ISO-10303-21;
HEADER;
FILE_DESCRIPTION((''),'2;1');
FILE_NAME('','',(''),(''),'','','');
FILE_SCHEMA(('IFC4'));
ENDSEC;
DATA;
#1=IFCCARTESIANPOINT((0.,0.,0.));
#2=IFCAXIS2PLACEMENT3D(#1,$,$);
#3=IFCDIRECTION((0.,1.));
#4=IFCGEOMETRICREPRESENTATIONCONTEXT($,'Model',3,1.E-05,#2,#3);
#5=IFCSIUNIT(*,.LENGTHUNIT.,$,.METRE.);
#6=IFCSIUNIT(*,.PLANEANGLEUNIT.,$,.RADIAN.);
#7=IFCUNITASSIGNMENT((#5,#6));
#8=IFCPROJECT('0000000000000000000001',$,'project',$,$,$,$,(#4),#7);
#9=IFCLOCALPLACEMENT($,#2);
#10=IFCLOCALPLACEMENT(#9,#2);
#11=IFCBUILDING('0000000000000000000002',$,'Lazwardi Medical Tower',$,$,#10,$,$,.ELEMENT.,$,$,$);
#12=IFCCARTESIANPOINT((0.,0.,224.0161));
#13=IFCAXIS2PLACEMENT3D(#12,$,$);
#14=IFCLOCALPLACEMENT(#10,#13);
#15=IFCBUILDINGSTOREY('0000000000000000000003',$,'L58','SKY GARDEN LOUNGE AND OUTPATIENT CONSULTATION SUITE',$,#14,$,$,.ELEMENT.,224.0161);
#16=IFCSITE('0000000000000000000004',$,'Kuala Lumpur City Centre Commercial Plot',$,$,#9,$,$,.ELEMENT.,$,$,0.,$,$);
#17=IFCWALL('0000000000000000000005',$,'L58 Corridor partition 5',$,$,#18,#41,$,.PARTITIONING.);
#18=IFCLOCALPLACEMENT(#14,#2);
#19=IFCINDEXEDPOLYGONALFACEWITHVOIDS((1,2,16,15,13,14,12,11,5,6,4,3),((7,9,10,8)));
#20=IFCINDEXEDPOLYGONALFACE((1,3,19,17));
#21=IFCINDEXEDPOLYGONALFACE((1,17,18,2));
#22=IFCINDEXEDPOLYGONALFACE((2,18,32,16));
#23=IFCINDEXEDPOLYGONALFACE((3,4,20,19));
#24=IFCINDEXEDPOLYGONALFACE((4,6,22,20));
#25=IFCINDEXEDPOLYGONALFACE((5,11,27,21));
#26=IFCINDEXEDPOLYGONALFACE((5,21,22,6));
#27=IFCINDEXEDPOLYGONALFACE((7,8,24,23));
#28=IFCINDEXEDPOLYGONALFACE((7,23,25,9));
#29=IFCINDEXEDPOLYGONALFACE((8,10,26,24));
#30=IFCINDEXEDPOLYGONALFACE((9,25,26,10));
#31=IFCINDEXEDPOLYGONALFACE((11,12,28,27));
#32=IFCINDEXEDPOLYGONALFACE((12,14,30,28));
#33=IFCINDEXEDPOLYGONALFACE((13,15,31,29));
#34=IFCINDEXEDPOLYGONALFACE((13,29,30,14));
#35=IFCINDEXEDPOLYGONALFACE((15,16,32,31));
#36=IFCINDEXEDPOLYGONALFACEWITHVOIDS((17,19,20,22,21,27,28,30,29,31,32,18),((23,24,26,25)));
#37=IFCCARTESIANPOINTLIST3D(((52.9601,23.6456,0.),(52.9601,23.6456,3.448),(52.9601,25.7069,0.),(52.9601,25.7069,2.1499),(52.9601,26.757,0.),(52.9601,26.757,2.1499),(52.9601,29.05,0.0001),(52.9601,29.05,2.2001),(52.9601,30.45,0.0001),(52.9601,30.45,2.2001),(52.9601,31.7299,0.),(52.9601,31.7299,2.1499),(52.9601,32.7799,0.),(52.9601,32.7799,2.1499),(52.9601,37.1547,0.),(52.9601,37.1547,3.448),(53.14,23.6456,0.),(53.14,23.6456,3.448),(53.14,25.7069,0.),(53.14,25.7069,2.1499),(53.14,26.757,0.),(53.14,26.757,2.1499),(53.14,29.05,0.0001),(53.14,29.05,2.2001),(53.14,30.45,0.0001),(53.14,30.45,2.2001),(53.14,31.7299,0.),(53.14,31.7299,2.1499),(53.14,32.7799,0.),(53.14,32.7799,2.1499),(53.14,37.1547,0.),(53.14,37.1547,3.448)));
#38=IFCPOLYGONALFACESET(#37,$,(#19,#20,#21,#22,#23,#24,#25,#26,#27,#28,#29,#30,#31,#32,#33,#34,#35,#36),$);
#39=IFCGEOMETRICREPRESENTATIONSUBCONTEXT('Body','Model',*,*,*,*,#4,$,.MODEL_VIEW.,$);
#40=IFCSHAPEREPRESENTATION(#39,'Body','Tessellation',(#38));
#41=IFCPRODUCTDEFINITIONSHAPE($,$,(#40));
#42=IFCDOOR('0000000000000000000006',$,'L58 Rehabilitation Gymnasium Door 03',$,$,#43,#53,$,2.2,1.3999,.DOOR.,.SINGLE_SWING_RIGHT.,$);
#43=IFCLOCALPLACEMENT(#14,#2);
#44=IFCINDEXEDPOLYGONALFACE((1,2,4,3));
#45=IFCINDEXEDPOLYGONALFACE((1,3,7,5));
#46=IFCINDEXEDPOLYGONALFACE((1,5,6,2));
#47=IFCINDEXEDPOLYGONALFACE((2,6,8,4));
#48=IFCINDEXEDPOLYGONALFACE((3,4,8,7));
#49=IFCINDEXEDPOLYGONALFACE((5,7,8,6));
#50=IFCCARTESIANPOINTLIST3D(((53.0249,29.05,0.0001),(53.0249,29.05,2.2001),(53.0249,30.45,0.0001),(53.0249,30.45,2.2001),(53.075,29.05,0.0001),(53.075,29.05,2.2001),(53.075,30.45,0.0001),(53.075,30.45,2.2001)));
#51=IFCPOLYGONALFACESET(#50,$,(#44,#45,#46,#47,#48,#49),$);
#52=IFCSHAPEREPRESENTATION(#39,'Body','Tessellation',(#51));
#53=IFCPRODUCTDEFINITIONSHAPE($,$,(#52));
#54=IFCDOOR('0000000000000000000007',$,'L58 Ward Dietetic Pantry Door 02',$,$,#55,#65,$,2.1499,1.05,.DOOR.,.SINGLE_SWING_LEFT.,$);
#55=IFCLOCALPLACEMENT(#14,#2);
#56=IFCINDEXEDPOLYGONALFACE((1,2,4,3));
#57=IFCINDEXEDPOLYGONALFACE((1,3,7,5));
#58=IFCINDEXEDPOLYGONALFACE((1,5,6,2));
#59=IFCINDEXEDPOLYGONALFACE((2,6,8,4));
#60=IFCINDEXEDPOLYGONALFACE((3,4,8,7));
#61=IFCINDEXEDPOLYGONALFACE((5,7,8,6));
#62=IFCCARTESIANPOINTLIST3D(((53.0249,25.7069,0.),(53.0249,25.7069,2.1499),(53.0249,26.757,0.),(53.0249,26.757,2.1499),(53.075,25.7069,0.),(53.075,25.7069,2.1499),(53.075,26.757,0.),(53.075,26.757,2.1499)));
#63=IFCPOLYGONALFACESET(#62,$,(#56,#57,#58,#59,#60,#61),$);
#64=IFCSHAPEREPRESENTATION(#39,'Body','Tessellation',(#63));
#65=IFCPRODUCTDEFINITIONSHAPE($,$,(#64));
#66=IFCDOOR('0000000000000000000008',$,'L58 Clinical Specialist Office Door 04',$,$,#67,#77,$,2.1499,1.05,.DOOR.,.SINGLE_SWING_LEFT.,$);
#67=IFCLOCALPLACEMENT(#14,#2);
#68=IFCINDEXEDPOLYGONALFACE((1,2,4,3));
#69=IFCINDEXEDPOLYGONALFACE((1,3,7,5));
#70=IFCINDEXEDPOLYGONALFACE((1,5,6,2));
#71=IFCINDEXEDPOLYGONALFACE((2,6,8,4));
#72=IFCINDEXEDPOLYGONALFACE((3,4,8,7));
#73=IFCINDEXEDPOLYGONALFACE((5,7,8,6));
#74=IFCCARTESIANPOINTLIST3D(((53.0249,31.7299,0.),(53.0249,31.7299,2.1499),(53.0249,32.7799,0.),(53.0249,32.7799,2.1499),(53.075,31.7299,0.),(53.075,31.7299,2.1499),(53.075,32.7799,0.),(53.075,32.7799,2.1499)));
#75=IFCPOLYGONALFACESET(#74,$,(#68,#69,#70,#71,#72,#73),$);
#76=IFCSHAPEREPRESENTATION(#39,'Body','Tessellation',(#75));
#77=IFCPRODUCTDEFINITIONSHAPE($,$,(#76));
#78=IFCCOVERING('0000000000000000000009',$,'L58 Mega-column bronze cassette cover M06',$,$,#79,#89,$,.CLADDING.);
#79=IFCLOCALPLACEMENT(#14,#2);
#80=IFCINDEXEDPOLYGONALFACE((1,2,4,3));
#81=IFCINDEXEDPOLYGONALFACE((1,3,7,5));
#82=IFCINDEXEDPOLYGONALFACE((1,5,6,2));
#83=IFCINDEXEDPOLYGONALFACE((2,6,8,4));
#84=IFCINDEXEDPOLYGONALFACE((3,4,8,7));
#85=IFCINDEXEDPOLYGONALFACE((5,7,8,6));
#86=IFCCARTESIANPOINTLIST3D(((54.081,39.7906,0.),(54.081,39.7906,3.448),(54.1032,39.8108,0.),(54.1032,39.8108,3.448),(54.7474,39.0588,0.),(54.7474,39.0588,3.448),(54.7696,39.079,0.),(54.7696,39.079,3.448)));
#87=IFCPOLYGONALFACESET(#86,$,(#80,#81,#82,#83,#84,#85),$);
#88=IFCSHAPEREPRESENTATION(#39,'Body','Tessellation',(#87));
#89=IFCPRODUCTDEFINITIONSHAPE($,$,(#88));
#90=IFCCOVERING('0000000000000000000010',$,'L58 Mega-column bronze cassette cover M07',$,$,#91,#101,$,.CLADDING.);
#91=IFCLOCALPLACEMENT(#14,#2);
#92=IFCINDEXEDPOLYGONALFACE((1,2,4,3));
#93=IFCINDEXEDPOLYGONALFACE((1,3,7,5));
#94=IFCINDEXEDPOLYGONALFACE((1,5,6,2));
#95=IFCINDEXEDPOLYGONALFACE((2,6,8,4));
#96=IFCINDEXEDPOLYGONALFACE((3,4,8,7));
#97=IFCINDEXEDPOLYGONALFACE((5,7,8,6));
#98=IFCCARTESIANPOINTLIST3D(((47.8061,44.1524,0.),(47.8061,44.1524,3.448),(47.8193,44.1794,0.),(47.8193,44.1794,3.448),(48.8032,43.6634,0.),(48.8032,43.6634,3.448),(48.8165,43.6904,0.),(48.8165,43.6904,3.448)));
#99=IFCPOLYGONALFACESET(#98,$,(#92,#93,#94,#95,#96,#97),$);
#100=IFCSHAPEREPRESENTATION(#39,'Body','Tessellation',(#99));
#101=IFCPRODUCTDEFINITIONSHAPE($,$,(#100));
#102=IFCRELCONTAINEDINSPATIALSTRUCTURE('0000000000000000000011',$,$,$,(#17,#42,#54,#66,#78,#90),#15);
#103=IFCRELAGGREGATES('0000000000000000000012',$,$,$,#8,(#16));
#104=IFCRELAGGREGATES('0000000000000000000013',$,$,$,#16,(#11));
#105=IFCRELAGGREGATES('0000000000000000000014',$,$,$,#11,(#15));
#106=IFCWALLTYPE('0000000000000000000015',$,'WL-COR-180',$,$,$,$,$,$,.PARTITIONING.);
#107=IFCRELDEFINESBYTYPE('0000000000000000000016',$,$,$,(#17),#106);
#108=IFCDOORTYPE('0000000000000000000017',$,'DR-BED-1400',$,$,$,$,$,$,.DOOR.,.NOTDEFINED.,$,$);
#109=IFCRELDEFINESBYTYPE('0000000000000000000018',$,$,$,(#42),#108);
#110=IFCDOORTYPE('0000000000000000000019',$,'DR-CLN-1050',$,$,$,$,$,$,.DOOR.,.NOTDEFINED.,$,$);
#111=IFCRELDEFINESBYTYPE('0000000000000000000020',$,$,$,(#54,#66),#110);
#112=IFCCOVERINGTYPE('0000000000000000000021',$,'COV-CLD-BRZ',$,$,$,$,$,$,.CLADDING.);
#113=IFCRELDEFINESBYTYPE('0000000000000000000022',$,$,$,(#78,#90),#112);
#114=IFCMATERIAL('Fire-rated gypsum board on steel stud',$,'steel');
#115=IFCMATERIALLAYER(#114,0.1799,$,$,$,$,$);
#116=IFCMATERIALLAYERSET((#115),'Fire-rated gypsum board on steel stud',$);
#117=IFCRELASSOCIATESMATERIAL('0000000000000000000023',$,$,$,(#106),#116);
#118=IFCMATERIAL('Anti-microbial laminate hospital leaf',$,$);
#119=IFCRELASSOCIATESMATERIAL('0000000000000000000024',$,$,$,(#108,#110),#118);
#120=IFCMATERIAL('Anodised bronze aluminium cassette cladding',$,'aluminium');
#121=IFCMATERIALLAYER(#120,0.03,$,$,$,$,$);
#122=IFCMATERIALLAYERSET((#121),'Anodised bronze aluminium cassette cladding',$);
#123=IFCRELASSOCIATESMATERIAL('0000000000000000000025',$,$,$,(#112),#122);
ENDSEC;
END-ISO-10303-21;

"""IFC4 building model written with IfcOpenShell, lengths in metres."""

from ifc_helpers import new_model, si_unit, direction, frame, frame_2d, origin, origin_2d, place, context, subcontext, project, spatial, rectangle, extrude, material, layer, layer_set, type_object, element, fill, save


model = new_model("IFC4")

# Units and contexts
model_context = context("Model", 3, precision=1e-05, world=origin(), true_north=direction((0.0, 1.0)))
body_context = subcontext(model_context, "Body", "Model", "MODEL_VIEW")
ifc_project = project(units=[si_unit("LENGTHUNIT", "METRE"), si_unit("PLANEANGLEUNIT", "RADIAN")], contexts=[model_context])

# Site, building, storey
site_placement = place(None, origin())
site = spatial("IfcSite", under=ifc_project, at=site_placement, Name="Kuala Lumpur City Centre Commercial Plot", CompositionType="ELEMENT", RefElevation=0.0)
building_placement = place(site_placement, origin())
building = spatial("IfcBuilding", under=site, at=building_placement, Name="Lazwardi Medical Tower", CompositionType="ELEMENT")
storey_placement = place(building_placement, frame((0.0, 0.0, 224.0161)))
storey = spatial("IfcBuildingStorey", under=building, at=storey_placement, Name="L58", Description="SKY GARDEN LOUNGE AND OUTPATIENT CONSULTATION SUITE", CompositionType="ELEMENT", Elevation=224.0161)

# Shared definitions
ifc_material_1 = material(Name="Fire-rated gypsum board on steel stud", Category="steel")
ifc_layer_1 = layer(ifc_material_1, 0.1799)
ifc_layer_set_1 = layer_set([ifc_layer_1], Name="Fire-rated gypsum board on steel stud")
wall_type = type_object("IfcWallType", Name="WL-COR-180", PredefinedType="PARTITIONING", material=ifc_layer_set_1)

# Wall, openings, doors
wall_1_placement = place(storey_placement, frame((53.05, 37.1545, 0.0), z_axis=(0.0, 0.0, 1.0), x_axis=(0.0, -1.0, 0.0)))
wall_1 = element("IfcWall", 1, at=wall_1_placement, inside=storey, type_object=wall_type, Name="L58 Corridor partition 5", PredefinedType="PARTITIONING", context=body_context, shape_type="SweptSolid", body=[
    extrude(rectangle(XDim=13.509, YDim=0.1799, at=frame_2d((6.7544, 0.0))), origin(), (0.0, 0.0, 1.0), 3.448),
])
opening_1_placement = place(wall_1_placement, frame((10.3977, 0.0, 0.0)))
opening_1 = element("IfcOpeningElement", 2, at=opening_1_placement, cuts=wall_1, PredefinedType="OPENING", context=body_context, shape_type="SweptSolid", body=[
    extrude(rectangle(XDim=1.05, YDim=2.1499, at=frame_2d((0.5249, 1.075))), frame((0.0, 0.0999, 0.0), z_axis=(0.0, -1.0, 0.0), x_axis=(1.0, 0.0, 0.0)), (0.0, 0.0, 1.0), 0.2),
])
opening_2_placement = place(wall_1_placement, frame((6.7046, 0.0, 0.0)))
opening_2 = element("IfcOpeningElement", 3, at=opening_2_placement, cuts=wall_1, PredefinedType="OPENING", context=body_context, shape_type="SweptSolid", body=[
    extrude(rectangle(XDim=1.3999, YDim=2.2, at=frame_2d((0.7, 1.1001))), frame((0.0, 0.0999, 0.0), z_axis=(0.0, -1.0, 0.0), x_axis=(1.0, 0.0, 0.0)), (0.0, 0.0, 1.0), 0.2),
])
opening_3_placement = place(wall_1_placement, frame((4.3748, 0.0, 0.0)))
opening_3 = element("IfcOpeningElement", 4, at=opening_3_placement, cuts=wall_1, PredefinedType="OPENING", context=body_context, shape_type="SweptSolid", body=[
    extrude(rectangle(XDim=1.05, YDim=2.1499, at=frame_2d((0.5249, 1.075))), frame((0.0, 0.0999, 0.0), z_axis=(0.0, -1.0, 0.0), x_axis=(1.0, 0.0, 0.0)), (0.0, 0.0, 1.0), 0.2),
])
ifc_material_2 = material(Name="Anti-microbial laminate hospital leaf")
door_type_1 = type_object("IfcDoorType", Name="DR-BED-1400", OperationType="NOTDEFINED", PredefinedType="DOOR", material=ifc_material_2)
door_1_placement = place(opening_2_placement, origin())
door_1 = element("IfcDoor", 5, at=door_1_placement, inside=storey, type_object=door_type_1, Name="L58 Rehabilitation Gymnasium Door 03", OperationType="SINGLE_SWING_RIGHT", OverallHeight=2.2, OverallWidth=1.3999, PredefinedType="DOOR", context=body_context, shape_type="SweptSolid", body=[
    extrude(rectangle(XDim=1.3999, YDim=2.2, at=frame_2d((0.7, 1.1001))), frame((0.0, 0.0249, 0.0), z_axis=(0.0, -1.0, 0.0), x_axis=(1.0, 0.0, 0.0)), (0.0, 0.0, 1.0), 0.05),
])
fill(opening_2, door_1)
door_type_2 = type_object("IfcDoorType", Name="DR-CLN-1050", OperationType="NOTDEFINED", PredefinedType="DOOR", material=ifc_material_2)
door_2_placement = place(opening_1_placement, origin())
door_2 = element("IfcDoor", 6, at=door_2_placement, inside=storey, type_object=door_type_2, Name="L58 Ward Dietetic Pantry Door 02", OperationType="SINGLE_SWING_LEFT", OverallHeight=2.1499, OverallWidth=1.05, PredefinedType="DOOR", context=body_context, shape_type="SweptSolid", body=[
    extrude(rectangle(XDim=1.05, YDim=2.1499, at=frame_2d((0.5249, 1.075))), frame((0.0, 0.0249, 0.0), z_axis=(0.0, -1.0, 0.0), x_axis=(1.0, 0.0, 0.0)), (0.0, 0.0, 1.0), 0.05),
])
fill(opening_1, door_2)
door_3_placement = place(opening_3_placement, origin())
door_3 = element("IfcDoor", 7, at=door_3_placement, inside=storey, type_object=door_type_2, Name="L58 Clinical Specialist Office Door 04", OperationType="SINGLE_SWING_LEFT", OverallHeight=2.1499, OverallWidth=1.05, PredefinedType="DOOR", context=body_context, shape_type="SweptSolid", body=[
    extrude(rectangle(XDim=1.05, YDim=2.1499, at=frame_2d((0.5249, 1.075))), frame((0.0, 0.0249, 0.0), z_axis=(0.0, -1.0, 0.0), x_axis=(1.0, 0.0, 0.0)), (0.0, 0.0, 1.0), 0.05),
])
fill(opening_3, door_3)

# Coverings
ifc_material_3 = material(Name="Anodised bronze aluminium cassette cladding", Category="aluminium")
ifc_layer_2 = layer(ifc_material_3, 0.03)
ifc_layer_set_2 = layer_set([ifc_layer_2], Name="Anodised bronze aluminium cassette cladding")
covering_type = type_object("IfcCoveringType", Name="COV-CLD-BRZ", PredefinedType="CLADDING", material=ifc_layer_set_2)
covering_1_placement = place(storey_placement, frame((54.4253, 39.4348, 0.0), z_axis=(0.0, 0.0, 1.0), x_axis=(-0.673241, 0.739423, 0.0)))
element("IfcCovering", 8, at=covering_1_placement, inside=storey, type_object=covering_type, Name="L58 Mega-column bronze cassette cover M06", PredefinedType="CLADDING", context=body_context, shape_type="SweptSolid", body=[
    extrude(rectangle(XDim=0.9897, YDim=0.03, at=origin_2d()), origin(), (0.0, 0.0, 1.0), 3.448),
])
covering_2_placement = place(storey_placement, frame((48.3113, 43.9214, 0.0), z_axis=(0.0, 0.0, 1.0), x_axis=(-0.89784, 0.440322, 0.0)))
element("IfcCovering", 9, at=covering_2_placement, inside=storey, type_object=covering_type, Name="L58 Mega-column bronze cassette cover M07", PredefinedType="CLADDING", context=body_context, shape_type="SweptSolid", body=[
    extrude(rectangle(XDim=1.1106, YDim=0.03, at=origin_2d()), origin(), (0.0, 0.0, 1.0), 3.448),
])

save(model, "model.ifc")
